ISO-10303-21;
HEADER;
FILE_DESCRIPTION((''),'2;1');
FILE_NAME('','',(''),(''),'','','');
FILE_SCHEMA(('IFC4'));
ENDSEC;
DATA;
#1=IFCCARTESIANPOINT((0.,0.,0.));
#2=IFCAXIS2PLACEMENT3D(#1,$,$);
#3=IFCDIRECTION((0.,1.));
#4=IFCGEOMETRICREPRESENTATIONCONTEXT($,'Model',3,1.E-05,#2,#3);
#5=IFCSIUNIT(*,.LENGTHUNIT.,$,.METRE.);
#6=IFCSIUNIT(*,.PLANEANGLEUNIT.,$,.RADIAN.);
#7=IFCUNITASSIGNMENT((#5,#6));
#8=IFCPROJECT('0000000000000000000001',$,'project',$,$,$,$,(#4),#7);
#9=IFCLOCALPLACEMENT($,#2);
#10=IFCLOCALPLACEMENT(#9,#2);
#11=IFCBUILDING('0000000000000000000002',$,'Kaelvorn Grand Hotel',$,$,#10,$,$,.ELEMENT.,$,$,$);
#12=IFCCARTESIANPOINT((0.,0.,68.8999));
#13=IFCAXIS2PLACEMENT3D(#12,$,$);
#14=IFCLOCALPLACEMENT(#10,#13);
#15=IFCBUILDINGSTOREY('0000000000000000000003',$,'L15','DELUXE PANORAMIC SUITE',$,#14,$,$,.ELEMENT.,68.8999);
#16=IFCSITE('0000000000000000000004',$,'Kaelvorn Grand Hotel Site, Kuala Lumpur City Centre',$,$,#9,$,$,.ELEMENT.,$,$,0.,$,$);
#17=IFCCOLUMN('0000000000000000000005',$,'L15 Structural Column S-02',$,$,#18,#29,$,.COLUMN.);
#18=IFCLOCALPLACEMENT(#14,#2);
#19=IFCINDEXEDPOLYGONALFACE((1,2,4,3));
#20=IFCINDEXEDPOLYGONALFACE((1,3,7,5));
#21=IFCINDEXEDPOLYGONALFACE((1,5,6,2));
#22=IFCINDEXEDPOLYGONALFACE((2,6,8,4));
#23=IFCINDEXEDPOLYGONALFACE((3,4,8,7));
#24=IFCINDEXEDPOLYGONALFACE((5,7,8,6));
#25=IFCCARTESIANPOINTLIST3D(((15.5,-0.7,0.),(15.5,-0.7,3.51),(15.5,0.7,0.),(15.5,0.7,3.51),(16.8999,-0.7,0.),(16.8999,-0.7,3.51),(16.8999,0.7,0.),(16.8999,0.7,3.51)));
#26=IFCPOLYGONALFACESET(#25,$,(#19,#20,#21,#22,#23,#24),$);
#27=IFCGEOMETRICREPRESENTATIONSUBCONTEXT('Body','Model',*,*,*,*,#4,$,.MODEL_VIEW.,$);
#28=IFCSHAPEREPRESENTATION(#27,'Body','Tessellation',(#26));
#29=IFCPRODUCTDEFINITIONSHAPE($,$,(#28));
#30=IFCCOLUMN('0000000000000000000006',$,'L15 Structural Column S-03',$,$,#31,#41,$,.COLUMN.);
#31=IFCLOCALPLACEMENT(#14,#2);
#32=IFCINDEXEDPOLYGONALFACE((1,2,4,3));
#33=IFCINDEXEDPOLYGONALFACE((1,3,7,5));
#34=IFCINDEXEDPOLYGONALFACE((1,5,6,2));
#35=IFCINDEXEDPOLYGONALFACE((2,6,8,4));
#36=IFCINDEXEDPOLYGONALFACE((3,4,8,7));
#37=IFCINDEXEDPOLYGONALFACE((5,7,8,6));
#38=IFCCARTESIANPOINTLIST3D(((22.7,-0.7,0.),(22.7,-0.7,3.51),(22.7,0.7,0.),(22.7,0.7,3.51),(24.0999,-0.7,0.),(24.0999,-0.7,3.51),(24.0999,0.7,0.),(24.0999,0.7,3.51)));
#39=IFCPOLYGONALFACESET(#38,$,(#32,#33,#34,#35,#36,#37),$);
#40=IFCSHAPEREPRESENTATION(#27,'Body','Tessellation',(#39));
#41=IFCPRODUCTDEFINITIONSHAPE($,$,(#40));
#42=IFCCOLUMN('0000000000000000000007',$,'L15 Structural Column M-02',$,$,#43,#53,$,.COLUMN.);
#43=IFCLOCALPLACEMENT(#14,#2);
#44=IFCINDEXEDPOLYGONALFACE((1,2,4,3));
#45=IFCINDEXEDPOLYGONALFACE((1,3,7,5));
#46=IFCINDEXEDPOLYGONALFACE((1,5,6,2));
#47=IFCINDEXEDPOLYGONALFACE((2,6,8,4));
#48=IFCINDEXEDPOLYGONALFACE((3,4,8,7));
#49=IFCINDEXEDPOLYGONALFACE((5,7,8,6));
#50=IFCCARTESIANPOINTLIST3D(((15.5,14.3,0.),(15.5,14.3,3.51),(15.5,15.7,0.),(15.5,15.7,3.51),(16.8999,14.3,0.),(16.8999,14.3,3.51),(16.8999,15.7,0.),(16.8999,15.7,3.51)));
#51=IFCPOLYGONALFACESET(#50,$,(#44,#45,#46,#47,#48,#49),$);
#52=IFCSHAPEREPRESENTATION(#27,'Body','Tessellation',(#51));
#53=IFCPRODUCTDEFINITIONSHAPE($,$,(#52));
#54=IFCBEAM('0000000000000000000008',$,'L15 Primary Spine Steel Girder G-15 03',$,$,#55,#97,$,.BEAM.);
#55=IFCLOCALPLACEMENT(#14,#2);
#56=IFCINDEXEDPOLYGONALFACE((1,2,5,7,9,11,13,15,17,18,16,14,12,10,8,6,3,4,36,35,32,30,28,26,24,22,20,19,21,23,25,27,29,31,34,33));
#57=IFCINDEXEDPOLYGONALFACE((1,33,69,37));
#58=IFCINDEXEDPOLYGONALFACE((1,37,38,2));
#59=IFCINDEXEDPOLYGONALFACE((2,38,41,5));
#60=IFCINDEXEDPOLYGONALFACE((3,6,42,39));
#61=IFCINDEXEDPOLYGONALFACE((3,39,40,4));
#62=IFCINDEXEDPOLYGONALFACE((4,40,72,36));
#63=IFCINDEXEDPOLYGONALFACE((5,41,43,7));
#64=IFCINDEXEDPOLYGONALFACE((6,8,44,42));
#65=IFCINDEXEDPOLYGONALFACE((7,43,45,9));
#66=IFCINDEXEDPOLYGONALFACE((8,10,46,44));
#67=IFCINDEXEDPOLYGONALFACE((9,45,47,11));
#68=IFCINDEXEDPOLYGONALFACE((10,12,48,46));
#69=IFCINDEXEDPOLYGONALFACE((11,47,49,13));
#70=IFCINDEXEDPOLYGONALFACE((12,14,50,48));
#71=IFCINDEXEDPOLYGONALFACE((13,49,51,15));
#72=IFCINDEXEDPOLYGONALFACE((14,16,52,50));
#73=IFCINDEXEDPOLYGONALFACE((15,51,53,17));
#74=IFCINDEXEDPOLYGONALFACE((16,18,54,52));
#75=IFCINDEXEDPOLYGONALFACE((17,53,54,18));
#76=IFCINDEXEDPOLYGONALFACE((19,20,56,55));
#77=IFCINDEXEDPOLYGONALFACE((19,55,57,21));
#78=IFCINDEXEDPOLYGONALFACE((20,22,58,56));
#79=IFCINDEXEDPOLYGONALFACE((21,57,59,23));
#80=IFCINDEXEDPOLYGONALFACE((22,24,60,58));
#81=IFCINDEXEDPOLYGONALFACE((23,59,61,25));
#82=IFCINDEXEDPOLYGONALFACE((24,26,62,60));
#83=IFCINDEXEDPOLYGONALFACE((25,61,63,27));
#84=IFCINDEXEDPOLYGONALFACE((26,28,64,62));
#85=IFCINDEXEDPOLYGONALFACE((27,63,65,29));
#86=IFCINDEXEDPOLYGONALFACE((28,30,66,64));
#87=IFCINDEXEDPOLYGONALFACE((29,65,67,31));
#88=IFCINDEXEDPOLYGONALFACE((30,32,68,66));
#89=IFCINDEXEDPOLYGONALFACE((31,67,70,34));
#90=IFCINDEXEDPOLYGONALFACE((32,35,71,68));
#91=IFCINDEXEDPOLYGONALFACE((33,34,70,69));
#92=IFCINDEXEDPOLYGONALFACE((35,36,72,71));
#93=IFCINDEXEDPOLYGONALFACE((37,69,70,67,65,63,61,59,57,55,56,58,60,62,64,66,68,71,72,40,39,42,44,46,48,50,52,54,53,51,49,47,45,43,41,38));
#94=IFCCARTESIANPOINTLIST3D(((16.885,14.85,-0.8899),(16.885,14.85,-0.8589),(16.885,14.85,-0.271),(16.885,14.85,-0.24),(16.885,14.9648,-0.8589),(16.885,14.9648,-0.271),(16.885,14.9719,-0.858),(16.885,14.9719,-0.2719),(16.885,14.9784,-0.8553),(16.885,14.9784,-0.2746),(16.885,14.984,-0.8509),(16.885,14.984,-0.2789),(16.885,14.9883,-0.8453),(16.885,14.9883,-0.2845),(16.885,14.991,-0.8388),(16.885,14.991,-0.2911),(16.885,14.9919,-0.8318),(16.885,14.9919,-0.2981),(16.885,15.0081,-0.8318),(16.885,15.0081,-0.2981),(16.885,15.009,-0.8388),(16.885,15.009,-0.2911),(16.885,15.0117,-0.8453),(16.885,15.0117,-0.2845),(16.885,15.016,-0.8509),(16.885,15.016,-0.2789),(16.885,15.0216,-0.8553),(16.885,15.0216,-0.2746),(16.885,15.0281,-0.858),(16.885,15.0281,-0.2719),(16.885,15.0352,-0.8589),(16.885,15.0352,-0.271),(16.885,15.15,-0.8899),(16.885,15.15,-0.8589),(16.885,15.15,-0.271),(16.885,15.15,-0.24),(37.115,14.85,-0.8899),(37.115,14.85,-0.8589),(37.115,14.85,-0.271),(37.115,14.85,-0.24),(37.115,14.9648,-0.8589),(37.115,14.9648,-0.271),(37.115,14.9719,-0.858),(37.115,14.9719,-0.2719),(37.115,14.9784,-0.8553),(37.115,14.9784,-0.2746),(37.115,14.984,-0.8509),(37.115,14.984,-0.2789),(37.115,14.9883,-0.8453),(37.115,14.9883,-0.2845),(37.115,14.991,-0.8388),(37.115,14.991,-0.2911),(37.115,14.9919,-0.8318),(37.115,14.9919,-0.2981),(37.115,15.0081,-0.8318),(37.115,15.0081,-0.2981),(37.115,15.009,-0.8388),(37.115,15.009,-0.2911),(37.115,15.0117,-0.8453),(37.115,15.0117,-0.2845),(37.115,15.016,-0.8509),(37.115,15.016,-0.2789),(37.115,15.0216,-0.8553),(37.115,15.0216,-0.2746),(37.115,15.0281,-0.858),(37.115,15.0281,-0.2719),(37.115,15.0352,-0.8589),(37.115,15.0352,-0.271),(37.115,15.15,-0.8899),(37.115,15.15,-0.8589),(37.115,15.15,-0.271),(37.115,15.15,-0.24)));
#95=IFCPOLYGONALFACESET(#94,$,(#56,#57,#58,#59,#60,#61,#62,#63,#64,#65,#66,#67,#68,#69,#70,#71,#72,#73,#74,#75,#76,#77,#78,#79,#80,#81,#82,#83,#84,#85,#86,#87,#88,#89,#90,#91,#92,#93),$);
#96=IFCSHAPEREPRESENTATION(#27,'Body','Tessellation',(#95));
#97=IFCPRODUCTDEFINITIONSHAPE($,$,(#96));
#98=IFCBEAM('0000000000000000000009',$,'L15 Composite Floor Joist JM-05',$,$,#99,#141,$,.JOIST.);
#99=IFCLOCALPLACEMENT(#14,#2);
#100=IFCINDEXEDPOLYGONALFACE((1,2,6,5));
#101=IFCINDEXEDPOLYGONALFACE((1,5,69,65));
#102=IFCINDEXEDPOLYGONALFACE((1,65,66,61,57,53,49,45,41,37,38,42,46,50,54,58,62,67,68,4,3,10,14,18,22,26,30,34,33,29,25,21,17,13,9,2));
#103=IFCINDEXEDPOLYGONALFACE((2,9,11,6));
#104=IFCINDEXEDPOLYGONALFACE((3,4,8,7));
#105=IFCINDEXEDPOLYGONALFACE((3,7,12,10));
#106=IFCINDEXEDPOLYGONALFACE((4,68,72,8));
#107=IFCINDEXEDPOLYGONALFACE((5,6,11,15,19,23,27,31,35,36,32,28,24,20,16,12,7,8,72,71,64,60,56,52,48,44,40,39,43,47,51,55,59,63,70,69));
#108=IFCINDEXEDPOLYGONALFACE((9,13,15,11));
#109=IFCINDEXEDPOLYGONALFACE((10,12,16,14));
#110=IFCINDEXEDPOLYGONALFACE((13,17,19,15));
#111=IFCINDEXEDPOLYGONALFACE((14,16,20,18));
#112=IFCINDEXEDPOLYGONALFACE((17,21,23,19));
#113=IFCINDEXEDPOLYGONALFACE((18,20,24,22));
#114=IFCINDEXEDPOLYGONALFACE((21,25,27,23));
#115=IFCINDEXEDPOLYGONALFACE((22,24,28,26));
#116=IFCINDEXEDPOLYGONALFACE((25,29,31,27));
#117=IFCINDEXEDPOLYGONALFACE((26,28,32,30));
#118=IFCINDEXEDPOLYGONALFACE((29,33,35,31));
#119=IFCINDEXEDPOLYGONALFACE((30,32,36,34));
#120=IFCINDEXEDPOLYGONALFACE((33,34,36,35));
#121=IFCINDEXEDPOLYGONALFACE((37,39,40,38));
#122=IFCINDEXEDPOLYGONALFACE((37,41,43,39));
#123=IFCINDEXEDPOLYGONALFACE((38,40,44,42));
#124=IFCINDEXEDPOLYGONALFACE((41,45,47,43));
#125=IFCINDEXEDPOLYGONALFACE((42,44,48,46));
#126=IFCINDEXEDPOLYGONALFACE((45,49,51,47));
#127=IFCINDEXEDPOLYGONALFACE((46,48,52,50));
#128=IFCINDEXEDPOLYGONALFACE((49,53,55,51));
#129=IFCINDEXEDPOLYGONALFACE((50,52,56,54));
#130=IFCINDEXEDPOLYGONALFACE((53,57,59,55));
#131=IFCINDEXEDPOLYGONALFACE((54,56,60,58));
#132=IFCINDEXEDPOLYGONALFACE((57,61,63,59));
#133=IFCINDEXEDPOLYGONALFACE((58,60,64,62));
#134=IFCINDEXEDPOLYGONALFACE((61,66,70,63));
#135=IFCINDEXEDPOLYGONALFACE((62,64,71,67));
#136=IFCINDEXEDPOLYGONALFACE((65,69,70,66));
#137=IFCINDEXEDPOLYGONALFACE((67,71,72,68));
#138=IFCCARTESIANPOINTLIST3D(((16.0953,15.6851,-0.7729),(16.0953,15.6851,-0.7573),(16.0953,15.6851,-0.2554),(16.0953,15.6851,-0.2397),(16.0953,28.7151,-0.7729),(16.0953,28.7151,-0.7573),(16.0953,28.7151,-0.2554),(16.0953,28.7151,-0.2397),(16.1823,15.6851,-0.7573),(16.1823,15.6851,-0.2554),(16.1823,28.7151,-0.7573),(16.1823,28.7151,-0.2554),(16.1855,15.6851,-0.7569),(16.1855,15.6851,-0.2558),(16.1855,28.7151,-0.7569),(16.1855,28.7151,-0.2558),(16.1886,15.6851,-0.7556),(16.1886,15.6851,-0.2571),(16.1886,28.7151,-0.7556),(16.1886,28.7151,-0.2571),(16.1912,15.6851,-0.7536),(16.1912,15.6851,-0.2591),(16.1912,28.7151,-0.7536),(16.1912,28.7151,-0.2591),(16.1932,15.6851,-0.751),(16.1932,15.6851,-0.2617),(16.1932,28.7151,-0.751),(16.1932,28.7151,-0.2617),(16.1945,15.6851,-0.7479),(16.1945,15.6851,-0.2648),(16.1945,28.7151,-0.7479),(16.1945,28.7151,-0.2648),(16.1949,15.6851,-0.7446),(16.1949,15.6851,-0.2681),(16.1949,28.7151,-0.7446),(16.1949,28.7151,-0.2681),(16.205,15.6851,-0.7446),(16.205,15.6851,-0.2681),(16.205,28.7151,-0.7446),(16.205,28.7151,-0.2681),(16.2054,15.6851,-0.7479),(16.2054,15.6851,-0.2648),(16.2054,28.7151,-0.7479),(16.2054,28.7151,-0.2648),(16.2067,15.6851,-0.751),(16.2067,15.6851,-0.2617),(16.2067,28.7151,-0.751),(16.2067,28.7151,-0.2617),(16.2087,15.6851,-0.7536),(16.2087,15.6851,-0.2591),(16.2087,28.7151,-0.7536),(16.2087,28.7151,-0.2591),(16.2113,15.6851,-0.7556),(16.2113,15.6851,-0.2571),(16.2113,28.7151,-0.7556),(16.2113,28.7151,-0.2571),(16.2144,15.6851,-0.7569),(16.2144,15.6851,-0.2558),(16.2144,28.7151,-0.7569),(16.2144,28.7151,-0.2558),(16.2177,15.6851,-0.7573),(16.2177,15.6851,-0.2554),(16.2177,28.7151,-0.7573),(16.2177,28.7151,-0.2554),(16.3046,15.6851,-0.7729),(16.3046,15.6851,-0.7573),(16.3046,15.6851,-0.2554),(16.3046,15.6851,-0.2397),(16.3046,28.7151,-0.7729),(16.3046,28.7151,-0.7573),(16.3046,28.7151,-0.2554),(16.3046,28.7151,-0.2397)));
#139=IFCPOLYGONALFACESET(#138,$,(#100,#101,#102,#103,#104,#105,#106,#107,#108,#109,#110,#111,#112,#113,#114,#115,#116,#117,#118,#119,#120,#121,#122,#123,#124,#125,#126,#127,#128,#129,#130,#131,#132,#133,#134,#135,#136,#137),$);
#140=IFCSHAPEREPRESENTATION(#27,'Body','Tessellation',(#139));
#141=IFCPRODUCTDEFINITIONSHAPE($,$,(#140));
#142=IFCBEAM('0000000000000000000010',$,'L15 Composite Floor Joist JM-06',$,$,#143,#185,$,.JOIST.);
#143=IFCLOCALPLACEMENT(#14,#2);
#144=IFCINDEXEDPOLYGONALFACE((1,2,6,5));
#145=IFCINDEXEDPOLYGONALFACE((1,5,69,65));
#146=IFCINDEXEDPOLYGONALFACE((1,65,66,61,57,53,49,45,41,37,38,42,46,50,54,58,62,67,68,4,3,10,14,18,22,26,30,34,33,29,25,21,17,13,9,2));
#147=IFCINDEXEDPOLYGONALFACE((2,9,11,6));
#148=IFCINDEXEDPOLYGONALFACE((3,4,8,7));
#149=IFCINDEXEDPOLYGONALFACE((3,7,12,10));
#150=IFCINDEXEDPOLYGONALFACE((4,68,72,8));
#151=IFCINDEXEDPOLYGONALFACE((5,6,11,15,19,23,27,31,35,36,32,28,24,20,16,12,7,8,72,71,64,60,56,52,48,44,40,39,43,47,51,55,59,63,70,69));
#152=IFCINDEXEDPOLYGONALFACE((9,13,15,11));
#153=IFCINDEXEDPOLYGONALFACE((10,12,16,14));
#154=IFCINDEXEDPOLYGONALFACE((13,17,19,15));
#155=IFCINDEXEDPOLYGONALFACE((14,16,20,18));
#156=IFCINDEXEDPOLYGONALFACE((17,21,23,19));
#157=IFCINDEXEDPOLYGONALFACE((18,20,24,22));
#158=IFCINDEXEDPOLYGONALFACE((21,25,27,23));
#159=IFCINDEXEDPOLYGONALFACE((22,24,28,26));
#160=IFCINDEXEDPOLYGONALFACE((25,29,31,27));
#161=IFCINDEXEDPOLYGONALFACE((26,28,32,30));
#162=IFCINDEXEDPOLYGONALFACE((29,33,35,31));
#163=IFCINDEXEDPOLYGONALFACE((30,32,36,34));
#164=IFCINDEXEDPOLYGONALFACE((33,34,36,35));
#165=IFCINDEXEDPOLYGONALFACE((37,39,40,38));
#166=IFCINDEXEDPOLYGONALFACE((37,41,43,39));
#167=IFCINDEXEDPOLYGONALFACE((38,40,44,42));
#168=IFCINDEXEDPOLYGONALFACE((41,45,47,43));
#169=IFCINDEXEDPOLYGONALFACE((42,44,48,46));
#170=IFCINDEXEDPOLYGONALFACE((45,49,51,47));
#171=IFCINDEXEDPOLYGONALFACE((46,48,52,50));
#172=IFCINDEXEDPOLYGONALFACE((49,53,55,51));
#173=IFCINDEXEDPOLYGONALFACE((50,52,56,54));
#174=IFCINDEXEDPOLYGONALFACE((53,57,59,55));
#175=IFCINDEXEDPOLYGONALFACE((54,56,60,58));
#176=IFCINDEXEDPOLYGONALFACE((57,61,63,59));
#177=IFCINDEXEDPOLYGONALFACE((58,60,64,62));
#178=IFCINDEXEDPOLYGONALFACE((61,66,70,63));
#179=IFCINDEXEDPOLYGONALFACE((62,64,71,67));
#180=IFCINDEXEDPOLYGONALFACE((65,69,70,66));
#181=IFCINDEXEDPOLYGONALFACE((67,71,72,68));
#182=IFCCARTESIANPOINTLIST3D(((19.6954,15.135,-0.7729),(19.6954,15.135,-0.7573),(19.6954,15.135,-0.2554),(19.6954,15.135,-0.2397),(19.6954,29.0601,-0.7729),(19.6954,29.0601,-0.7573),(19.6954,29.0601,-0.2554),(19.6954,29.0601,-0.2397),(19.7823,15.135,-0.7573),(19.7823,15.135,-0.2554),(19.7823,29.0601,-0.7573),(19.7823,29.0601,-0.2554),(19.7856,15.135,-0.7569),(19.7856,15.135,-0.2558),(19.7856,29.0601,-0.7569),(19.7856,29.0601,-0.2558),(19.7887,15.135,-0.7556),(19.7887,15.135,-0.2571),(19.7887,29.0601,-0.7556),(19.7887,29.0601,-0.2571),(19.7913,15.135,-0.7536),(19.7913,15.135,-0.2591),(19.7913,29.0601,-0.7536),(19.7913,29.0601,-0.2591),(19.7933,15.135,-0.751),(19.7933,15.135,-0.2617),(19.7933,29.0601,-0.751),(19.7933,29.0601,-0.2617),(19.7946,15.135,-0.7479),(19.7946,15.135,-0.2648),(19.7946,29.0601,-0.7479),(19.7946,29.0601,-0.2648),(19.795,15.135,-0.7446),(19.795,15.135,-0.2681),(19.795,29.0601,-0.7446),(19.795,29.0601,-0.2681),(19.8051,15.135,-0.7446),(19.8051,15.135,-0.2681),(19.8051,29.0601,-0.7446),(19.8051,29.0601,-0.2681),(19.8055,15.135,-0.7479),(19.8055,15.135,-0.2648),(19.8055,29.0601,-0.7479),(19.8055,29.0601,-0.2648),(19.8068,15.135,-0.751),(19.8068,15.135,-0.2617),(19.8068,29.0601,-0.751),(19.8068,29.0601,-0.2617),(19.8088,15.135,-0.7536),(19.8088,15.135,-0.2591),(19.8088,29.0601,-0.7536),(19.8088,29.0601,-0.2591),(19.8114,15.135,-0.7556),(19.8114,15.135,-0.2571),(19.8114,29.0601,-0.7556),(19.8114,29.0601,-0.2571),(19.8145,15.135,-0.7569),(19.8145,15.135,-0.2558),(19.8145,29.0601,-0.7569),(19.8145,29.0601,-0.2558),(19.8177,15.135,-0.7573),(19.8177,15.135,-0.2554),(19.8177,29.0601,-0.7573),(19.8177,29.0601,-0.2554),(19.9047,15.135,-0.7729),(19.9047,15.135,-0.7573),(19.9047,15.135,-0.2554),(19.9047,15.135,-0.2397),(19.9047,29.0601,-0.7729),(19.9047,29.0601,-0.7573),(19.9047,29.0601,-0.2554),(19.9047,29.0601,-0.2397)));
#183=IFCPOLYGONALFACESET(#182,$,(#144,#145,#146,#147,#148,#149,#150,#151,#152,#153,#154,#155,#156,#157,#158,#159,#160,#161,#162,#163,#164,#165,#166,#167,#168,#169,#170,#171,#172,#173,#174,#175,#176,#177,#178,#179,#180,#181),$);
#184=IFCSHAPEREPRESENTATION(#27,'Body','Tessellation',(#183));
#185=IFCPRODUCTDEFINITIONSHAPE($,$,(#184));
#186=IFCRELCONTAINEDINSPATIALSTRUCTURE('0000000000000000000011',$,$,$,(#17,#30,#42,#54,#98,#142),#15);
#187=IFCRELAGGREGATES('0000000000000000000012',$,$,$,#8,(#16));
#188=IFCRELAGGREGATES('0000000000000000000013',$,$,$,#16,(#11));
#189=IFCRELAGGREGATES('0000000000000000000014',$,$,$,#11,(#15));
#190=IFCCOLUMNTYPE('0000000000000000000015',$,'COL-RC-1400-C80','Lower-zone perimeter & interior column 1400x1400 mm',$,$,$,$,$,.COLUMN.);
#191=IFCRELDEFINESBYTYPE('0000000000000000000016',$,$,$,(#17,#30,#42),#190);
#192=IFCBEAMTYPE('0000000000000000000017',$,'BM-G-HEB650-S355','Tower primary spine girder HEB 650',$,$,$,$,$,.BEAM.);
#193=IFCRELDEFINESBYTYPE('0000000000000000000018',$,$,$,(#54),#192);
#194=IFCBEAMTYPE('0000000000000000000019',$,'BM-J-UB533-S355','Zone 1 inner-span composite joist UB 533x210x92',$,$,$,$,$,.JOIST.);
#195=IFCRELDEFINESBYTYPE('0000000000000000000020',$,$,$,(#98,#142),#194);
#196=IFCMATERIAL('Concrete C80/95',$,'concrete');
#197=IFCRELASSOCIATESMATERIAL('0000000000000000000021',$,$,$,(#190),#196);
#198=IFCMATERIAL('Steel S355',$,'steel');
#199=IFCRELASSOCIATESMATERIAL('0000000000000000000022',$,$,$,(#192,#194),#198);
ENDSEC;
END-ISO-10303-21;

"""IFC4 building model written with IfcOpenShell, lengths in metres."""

from ifc_helpers import new_model, si_unit, direction, frame, origin, origin_2d, place, context, subcontext, project, spatial, rectangle, i_section, extrude, material, material_profile, profile_set, type_object, element, save


model = new_model("IFC4")

# Units and contexts
model_context = context("Model", 3, precision=1e-05, world=origin(), true_north=direction((0.0, 1.0)))
body_context = subcontext(model_context, "Body", "Model", "MODEL_VIEW")
ifc_project = project(units=[si_unit("LENGTHUNIT", "METRE"), si_unit("PLANEANGLEUNIT", "RADIAN")], contexts=[model_context])

# Site, building, storey
site_placement = place(None, origin())
site = spatial("IfcSite", under=ifc_project, at=site_placement, Name="Kaelvorn Grand Hotel Site, Kuala Lumpur City Centre", CompositionType="ELEMENT", RefElevation=0.0)
building_placement = place(site_placement, origin())
building = spatial("IfcBuilding", under=site, at=building_placement, Name="Kaelvorn Grand Hotel", CompositionType="ELEMENT")
storey_placement = place(building_placement, frame((0.0, 0.0, 68.8999)))
storey = spatial("IfcBuildingStorey", under=building, at=storey_placement, Name="L15", Description="DELUXE PANORAMIC SUITE", CompositionType="ELEMENT", Elevation=68.8999)

# Columns
ifc_material_1 = material(Name="Concrete C80/95", Category="concrete")
ifc_material_profile_1 = material_profile(ifc_material_1, rectangle(XDim=1.3999, YDim=1.3999, at=origin_2d()), Name="RC COL 1400x1400")
ifc_profile_set_1 = profile_set([ifc_material_profile_1], Name="Concrete C80/95")
column_type = type_object("IfcColumnType", Name="COL-RC-1400-C80", Description="Lower-zone perimeter & interior column 1400x1400 mm", PredefinedType="COLUMN", material=ifc_profile_set_1)
for number, where, z_axis, x_axis, name in (
    (1, (16.2, 0.0, 0.0), (0.0, 0.0, 1.0), (1.0, 0.0, 0.0), "L15 Structural Column S-02"),
    (2, (23.3999, 0.0, 0.0), (0.0, 0.0, 1.0), (1.0, 0.0, 0.0), "L15 Structural Column S-03"),
    (3, (16.2, 15.0, 0.0), (0.0, 0.0, 1.0), (1.0, 0.0, 0.0), "L15 Structural Column M-02"),
):
    element("IfcColumn", number, at=place(storey_placement, frame(where, z_axis=z_axis, x_axis=x_axis)), inside=storey, type_object=column_type, Name=name, PredefinedType="COLUMN", context=body_context, shape_type="SweptSolid", body=[
        extrude(rectangle(XDim=1.3999, YDim=1.3999, at=origin_2d()), origin(), (0.0, 0.0, 1.0), 3.51),
    ])

# Beams
ifc_material_2 = material(Name="Steel S355", Category="steel")
ifc_material_profile_2 = material_profile(ifc_material_2, i_section(OverallWidth=0.3, OverallDepth=0.6499, WebThickness=0.0161, FlangeThickness=0.031, FilletRadius=0.0271, at=origin_2d()), Name="HEB 650")
ifc_profile_set_2 = profile_set([ifc_material_profile_2], Name="Steel S355")
beam_type_1 = type_object("IfcBeamType", Name="BM-G-HEB650-S355", Description="Tower primary spine girder HEB 650", PredefinedType="BEAM", material=ifc_profile_set_2)
beam_1_placement = place(storey_placement, frame((16.885, 15.0, -0.5649), z_axis=(1.0, 0.0, 0.0), x_axis=(0.0, 1.0, 0.0)))
element("IfcBeam", 4, at=beam_1_placement, inside=storey, type_object=beam_type_1, Name="L15 Primary Spine Steel Girder G-15 03", PredefinedType="BEAM", context=body_context, shape_type="SweptSolid", body=[
    extrude(i_section(OverallWidth=0.3, OverallDepth=0.6499, WebThickness=0.0161, FlangeThickness=0.031, FilletRadius=0.0271, at=origin_2d()), origin(), (0.0, 0.0, 1.0), 20.23),
])
ifc_material_profile_3 = material_profile(ifc_material_2, i_section(OverallWidth=0.2092, OverallDepth=0.5332, WebThickness=0.01, FlangeThickness=0.0156, FilletRadius=0.0127, at=origin_2d()), Name="UB 533x210x92")
ifc_profile_set_3 = profile_set([ifc_material_profile_3], Name="Steel S355")
beam_type_2 = type_object("IfcBeamType", Name="BM-J-UB533-S355", Description="Zone 1 inner-span composite joist UB 533x210x92", PredefinedType="JOIST", material=ifc_profile_set_3)
beam_2_placement = place(storey_placement, frame((16.2, 15.6851, -0.5063), z_axis=(0.0, 1.0, 0.0), x_axis=(-1.0, 0.0, 0.0)))
element("IfcBeam", 5, at=beam_2_placement, inside=storey, type_object=beam_type_2, Name="L15 Composite Floor Joist JM-05", PredefinedType="JOIST", context=body_context, shape_type="SweptSolid", body=[
    extrude(i_section(OverallWidth=0.2092, OverallDepth=0.5332, WebThickness=0.01, FlangeThickness=0.0156, FilletRadius=0.0127, at=origin_2d()), origin(), (0.0, 0.0, 1.0), 13.03),
])
beam_3_placement = place(storey_placement, frame((19.8, 15.135, -0.5063), z_axis=(0.0, 1.0, 0.0), x_axis=(-1.0, 0.0, 0.0)))
element("IfcBeam", 6, at=beam_3_placement, inside=storey, type_object=beam_type_2, Name="L15 Composite Floor Joist JM-06", PredefinedType="JOIST", context=body_context, shape_type="SweptSolid", body=[
    extrude(i_section(OverallWidth=0.2092, OverallDepth=0.5332, WebThickness=0.01, FlangeThickness=0.0156, FilletRadius=0.0127, at=origin_2d()), origin(), (0.0, 0.0, 1.0), 13.925),
])

save(model, "model.ifc")
